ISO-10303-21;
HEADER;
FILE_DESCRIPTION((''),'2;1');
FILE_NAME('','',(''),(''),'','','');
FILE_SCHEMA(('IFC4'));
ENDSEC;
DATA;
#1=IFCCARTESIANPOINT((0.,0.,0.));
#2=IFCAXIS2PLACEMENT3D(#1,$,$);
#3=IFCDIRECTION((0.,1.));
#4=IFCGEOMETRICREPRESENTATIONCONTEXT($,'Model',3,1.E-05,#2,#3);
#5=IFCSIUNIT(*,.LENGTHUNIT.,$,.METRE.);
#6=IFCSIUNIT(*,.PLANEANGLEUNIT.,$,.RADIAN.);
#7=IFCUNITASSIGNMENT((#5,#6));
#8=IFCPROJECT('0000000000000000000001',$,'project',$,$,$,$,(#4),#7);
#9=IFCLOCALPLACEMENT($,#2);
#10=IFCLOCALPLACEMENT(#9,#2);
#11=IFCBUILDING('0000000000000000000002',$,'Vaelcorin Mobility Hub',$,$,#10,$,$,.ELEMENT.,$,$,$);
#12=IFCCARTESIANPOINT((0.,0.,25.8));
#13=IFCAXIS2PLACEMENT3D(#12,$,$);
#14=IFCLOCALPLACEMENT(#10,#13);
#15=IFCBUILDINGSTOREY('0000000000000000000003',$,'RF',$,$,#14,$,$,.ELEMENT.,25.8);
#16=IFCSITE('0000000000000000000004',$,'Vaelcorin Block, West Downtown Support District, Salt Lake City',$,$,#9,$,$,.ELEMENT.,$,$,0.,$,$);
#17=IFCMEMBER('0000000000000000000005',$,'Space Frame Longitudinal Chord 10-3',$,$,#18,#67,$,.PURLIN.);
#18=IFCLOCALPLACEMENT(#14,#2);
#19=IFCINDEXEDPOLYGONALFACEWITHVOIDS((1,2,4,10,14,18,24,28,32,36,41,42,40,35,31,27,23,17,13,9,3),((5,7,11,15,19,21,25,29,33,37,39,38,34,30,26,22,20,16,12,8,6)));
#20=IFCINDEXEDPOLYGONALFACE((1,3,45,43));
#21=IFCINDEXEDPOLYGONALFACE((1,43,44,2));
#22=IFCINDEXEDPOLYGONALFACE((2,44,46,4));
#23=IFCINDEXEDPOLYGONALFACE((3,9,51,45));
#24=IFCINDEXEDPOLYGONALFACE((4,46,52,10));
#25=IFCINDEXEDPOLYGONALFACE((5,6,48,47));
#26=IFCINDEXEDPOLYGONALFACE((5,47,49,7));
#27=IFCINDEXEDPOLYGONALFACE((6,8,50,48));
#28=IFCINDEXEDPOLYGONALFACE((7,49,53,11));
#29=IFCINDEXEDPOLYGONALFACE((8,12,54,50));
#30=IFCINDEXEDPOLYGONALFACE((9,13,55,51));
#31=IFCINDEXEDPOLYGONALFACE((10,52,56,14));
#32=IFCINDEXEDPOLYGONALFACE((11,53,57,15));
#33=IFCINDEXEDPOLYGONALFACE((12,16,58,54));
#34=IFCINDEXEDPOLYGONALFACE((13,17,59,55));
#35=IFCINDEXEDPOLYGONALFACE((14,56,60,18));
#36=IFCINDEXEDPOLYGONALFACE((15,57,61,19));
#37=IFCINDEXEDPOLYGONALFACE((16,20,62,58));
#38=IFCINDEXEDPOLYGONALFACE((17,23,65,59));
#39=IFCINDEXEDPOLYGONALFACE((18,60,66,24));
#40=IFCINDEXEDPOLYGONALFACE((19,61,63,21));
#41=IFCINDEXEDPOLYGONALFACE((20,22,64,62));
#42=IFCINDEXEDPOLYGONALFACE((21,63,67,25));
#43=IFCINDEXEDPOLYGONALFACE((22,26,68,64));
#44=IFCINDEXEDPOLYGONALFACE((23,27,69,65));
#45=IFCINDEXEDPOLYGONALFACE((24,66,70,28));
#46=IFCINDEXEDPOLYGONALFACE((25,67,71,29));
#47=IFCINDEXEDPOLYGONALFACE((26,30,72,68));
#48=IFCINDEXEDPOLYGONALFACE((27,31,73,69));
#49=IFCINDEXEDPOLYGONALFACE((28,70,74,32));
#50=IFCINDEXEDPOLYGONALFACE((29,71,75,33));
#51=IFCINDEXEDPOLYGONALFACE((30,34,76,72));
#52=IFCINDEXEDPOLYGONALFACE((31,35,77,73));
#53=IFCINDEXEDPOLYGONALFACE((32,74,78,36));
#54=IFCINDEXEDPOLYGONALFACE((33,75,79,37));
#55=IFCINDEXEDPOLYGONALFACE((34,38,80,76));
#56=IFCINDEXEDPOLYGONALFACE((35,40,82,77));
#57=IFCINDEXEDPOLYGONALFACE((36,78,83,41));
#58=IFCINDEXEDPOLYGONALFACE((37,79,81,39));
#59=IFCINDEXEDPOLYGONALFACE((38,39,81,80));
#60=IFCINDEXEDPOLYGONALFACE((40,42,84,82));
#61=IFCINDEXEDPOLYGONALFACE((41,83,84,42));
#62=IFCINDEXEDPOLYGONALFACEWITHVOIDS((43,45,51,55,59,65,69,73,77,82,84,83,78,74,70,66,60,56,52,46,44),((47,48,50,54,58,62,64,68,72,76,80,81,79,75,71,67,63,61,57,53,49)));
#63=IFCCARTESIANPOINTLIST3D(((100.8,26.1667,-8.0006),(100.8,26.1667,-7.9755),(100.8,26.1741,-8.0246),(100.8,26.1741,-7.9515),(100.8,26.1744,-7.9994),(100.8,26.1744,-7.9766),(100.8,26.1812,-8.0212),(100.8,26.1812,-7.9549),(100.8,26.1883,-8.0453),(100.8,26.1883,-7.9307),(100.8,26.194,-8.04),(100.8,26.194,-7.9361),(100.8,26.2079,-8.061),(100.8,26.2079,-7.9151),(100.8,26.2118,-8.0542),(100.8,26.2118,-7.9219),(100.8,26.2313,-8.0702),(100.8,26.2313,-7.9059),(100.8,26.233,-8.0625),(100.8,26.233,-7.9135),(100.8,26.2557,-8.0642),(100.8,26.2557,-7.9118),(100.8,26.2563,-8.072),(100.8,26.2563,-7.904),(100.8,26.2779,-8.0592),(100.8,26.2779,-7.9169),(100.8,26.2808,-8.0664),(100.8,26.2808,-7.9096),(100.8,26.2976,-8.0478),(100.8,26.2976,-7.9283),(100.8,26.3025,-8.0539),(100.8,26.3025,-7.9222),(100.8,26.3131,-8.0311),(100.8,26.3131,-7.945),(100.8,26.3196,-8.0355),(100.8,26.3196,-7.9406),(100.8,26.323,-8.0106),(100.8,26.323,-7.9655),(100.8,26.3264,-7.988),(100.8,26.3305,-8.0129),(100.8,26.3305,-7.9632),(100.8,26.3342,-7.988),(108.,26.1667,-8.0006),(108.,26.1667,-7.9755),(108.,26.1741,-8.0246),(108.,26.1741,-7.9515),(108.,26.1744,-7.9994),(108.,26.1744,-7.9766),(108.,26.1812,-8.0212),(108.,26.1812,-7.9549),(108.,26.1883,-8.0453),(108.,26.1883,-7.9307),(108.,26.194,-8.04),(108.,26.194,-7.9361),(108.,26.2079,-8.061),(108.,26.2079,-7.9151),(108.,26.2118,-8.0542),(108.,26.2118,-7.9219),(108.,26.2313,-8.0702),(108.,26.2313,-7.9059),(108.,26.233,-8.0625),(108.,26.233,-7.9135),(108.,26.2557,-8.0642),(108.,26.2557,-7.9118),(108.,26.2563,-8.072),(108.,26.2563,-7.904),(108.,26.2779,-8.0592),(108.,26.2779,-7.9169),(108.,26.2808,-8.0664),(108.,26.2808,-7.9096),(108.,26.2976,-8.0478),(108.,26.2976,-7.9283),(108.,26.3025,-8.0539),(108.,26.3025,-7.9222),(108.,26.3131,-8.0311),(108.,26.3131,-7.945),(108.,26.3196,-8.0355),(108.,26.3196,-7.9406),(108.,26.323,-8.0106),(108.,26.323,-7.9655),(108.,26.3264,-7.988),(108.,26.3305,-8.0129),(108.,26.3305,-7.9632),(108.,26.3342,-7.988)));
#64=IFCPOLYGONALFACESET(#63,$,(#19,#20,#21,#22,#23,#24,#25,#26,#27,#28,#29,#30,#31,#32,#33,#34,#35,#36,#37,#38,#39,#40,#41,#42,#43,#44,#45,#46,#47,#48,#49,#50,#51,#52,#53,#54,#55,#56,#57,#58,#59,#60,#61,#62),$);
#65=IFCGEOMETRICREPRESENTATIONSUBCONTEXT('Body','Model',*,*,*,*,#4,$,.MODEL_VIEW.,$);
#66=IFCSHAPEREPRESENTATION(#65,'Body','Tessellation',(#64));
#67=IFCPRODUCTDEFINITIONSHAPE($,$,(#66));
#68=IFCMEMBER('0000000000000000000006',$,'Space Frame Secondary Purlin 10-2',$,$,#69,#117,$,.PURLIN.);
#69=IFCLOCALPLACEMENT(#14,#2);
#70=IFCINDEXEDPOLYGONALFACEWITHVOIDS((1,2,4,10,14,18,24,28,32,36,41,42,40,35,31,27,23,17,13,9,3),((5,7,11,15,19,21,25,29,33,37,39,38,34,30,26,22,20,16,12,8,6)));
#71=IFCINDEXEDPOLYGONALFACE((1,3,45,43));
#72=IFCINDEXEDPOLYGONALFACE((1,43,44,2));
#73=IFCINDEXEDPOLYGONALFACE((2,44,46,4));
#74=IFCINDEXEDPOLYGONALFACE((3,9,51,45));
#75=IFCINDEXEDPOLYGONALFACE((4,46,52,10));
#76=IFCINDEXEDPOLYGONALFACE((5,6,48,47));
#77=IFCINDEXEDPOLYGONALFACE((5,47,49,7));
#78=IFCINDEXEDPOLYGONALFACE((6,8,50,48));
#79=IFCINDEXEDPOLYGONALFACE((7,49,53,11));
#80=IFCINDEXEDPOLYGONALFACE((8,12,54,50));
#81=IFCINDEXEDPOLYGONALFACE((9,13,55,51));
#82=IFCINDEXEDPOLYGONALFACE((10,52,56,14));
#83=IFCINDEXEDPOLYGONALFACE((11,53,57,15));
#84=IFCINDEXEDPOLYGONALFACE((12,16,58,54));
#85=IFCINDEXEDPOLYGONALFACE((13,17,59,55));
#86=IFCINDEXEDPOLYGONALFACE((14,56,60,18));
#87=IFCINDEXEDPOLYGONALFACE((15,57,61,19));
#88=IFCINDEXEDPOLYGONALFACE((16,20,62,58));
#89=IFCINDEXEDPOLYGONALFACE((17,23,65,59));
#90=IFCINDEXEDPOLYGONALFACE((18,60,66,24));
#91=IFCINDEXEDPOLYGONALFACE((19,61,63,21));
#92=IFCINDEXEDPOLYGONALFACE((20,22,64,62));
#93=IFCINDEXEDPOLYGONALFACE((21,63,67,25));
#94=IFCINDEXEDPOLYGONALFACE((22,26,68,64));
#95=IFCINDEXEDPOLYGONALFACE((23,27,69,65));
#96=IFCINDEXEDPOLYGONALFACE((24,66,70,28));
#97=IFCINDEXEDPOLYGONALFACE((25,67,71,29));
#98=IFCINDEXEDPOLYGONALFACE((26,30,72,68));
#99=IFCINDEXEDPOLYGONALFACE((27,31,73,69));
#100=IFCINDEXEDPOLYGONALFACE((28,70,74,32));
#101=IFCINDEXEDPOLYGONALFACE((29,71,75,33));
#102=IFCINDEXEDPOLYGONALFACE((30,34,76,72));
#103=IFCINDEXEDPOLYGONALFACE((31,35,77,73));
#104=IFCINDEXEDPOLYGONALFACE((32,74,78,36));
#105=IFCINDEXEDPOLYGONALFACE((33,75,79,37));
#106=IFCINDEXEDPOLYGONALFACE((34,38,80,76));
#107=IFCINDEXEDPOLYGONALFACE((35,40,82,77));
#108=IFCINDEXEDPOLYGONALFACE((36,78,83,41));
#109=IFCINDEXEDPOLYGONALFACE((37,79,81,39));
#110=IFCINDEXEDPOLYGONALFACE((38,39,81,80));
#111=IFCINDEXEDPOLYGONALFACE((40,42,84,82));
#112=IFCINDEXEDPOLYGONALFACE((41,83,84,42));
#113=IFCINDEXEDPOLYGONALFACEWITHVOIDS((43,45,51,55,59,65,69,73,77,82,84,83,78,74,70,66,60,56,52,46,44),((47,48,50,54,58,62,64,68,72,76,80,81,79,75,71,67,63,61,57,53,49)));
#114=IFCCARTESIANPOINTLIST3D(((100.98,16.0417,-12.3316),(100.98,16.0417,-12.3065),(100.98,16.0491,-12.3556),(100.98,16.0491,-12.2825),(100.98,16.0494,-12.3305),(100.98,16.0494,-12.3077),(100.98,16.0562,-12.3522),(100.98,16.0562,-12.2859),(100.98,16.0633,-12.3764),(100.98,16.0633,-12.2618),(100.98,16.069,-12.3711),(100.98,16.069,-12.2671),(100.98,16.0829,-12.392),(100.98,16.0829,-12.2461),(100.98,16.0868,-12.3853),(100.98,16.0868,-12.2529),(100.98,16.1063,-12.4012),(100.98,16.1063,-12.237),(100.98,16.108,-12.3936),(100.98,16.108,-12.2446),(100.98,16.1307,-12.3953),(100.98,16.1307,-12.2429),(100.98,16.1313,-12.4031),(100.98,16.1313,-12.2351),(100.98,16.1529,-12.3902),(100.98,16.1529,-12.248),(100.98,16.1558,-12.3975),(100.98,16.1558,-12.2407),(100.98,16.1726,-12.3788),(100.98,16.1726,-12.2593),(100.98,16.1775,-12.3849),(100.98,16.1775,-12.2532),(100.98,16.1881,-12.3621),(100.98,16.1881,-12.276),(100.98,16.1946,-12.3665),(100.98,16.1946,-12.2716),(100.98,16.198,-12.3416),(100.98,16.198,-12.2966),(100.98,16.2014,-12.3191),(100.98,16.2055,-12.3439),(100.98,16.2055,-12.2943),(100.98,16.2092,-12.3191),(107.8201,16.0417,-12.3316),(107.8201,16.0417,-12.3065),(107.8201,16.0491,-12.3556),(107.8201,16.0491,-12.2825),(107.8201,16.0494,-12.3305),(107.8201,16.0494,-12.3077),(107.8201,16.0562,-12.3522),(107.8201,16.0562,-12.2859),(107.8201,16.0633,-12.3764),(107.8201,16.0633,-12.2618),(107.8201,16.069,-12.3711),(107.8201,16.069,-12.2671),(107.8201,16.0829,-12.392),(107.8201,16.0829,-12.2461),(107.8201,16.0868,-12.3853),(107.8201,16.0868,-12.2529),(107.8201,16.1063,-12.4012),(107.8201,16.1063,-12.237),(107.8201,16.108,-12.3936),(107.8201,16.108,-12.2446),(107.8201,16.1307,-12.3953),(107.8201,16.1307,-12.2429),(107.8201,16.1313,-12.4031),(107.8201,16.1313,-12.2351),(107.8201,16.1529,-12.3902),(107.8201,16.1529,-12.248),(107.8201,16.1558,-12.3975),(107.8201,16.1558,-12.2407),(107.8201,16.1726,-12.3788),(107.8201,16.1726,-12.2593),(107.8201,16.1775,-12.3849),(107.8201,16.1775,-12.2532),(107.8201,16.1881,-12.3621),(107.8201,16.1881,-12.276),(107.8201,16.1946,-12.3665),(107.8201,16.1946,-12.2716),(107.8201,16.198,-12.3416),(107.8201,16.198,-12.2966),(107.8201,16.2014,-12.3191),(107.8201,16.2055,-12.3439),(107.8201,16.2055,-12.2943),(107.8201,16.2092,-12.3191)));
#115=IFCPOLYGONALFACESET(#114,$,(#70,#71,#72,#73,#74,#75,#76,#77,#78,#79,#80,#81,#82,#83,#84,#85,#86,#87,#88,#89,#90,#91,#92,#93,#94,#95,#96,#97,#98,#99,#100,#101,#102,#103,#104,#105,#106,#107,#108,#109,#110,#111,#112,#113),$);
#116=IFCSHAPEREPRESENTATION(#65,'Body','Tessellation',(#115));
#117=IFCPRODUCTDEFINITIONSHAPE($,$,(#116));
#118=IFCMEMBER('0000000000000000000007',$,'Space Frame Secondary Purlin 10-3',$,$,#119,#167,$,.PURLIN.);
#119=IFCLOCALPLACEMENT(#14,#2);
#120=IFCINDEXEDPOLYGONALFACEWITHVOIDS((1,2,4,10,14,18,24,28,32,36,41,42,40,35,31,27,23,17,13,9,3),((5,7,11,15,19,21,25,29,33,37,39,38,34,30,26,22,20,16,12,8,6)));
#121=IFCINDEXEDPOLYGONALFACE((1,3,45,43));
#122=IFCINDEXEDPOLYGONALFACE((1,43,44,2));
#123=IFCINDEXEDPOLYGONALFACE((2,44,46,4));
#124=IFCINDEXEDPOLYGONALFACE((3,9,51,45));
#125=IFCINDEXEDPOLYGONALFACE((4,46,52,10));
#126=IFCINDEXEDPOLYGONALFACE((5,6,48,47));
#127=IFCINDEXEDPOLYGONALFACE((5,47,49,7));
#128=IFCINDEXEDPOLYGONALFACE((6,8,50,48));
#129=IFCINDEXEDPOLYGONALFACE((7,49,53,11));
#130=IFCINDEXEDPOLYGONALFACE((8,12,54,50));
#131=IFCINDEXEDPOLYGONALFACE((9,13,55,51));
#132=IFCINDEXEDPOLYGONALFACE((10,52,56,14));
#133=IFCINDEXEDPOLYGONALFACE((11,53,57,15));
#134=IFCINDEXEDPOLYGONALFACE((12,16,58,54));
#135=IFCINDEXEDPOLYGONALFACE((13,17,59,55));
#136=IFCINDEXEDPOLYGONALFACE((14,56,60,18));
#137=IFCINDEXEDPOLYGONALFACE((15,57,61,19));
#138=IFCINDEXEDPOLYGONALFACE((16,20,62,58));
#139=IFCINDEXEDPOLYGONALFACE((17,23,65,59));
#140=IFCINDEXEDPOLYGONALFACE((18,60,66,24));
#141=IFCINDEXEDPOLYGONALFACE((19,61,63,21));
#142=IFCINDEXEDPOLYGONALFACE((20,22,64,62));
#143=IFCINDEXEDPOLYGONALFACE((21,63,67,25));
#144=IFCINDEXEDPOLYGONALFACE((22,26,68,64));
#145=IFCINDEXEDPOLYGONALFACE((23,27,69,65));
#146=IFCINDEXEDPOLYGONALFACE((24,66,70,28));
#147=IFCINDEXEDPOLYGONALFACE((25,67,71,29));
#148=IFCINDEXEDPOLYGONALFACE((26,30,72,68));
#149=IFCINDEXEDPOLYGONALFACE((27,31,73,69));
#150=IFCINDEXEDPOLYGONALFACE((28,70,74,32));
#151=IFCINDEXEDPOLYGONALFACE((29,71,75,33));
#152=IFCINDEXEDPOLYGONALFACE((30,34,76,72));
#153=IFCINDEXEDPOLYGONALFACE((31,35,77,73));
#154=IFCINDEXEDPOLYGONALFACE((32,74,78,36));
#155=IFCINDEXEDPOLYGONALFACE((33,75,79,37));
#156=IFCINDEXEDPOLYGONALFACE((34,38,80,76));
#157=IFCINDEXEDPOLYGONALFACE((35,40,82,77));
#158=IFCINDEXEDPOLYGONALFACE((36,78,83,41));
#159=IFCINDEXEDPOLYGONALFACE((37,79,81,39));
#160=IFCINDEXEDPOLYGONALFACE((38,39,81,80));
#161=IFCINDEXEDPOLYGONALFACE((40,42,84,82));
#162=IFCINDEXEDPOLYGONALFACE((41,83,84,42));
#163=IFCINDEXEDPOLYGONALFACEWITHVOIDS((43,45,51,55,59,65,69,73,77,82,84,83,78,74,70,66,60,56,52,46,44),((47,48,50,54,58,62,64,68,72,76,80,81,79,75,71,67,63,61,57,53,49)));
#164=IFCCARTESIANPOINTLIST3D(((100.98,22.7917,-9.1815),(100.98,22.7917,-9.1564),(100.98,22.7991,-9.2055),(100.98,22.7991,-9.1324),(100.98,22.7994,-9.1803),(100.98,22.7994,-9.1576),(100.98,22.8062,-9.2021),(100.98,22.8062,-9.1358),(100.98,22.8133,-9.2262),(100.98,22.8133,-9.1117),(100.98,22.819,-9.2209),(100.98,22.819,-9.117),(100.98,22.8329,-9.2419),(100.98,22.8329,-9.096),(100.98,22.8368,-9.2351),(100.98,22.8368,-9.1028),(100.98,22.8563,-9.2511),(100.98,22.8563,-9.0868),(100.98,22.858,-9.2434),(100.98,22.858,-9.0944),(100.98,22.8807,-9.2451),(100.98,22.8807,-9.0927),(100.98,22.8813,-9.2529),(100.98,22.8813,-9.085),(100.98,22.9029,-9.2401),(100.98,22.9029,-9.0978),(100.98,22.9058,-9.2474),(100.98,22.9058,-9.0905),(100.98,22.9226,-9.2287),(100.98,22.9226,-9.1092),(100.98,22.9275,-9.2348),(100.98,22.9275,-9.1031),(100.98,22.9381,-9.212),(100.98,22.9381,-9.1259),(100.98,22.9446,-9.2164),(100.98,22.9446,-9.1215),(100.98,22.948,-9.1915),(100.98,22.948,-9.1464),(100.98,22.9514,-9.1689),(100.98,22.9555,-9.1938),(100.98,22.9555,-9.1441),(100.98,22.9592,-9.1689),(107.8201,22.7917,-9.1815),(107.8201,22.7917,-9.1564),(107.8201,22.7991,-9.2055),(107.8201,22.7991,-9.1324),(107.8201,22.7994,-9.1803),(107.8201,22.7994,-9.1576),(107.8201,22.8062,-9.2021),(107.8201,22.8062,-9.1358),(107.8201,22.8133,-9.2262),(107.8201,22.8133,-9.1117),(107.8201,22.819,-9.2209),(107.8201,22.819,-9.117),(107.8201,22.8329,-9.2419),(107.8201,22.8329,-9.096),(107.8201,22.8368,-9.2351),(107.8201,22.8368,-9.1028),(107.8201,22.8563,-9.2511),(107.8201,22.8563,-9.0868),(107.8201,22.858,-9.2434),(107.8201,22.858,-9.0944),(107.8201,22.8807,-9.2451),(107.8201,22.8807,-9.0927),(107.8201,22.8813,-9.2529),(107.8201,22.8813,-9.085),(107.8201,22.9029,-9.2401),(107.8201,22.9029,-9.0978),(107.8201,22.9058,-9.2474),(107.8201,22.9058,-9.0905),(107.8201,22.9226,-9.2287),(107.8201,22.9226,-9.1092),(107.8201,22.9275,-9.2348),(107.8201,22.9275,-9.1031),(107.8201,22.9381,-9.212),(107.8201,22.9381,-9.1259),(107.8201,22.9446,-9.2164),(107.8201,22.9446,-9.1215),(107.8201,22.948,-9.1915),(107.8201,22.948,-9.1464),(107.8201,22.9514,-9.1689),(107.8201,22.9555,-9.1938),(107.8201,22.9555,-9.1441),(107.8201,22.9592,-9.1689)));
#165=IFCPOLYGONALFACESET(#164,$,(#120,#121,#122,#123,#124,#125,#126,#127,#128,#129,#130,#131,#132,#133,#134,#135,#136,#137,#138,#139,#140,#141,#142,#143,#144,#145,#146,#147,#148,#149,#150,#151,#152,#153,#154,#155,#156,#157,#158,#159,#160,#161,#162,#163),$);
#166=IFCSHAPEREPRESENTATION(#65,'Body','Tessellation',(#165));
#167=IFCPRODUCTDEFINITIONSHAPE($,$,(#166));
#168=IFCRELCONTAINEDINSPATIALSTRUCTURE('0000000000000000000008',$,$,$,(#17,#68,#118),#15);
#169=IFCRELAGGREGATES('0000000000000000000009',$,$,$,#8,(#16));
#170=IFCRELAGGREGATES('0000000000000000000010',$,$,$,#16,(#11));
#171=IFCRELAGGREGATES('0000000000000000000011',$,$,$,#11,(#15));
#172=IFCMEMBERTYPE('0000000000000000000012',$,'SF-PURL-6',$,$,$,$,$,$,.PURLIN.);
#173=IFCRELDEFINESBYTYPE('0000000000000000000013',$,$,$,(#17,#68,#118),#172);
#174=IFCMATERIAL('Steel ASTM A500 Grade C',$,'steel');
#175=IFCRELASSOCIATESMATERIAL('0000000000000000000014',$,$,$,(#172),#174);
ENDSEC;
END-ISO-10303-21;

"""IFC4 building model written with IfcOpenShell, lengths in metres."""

from ifc_helpers import new_model, si_unit, direction, frame, origin, origin_2d, place, context, subcontext, project, spatial, hollow_circle, extrude, material, material_profile, profile_set, type_object, element, save


model = new_model("IFC4")

# Units and contexts
model_context = context("Model", 3, precision=1e-05, world=origin(), true_north=direction((0.0, 1.0)))
body_context = subcontext(model_context, "Body", "Model", "MODEL_VIEW")
ifc_project = project(units=[si_unit("LENGTHUNIT", "METRE"), si_unit("PLANEANGLEUNIT", "RADIAN")], contexts=[model_context])

# Site, building, storey
site_placement = place(None, origin())
site = spatial("IfcSite", under=ifc_project, at=site_placement, Name="Vaelcorin Block, West Downtown Support District, Salt Lake City", CompositionType="ELEMENT", RefElevation=0.0)
building_placement = place(site_placement, origin())
building = spatial("IfcBuilding", under=site, at=building_placement, Name="Vaelcorin Mobility Hub", CompositionType="ELEMENT")
storey_placement = place(building_placement, frame((0.0, 0.0, 25.8)))
storey = spatial("IfcBuildingStorey", under=building, at=storey_placement, Name="RF", CompositionType="ELEMENT", Elevation=25.8)

# Members
ifc_material_1 = material(Name="Steel ASTM A500 Grade C", Category="steel")
ifc_material_profile_1 = material_profile(ifc_material_1, hollow_circle(Radius=0.0842, WallThickness=0.0078, at=origin_2d()), Name="HSS6.625X0.312")
ifc_profile_set_1 = profile_set([ifc_material_profile_1], Name="Steel ASTM A500 Grade C")
member_type_1 = type_object("IfcMemberType", Name="SF-PURL-6", PredefinedType="PURLIN", material=ifc_profile_set_1)
for number, where, z_axis, x_axis, name in (
    (1, (100.8, 26.25, -7.988), (1.0, 0.0, 0.0), (0.0, 1.0, 0.0), "Space Frame Longitudinal Chord 10-3"),
):
    element("IfcMember", number, at=place(storey_placement, frame(where, z_axis=z_axis, x_axis=x_axis)), inside=storey, type_object=member_type_1, Name=name, PredefinedType="PURLIN", context=body_context, shape_type="SweptSolid", body=[
        extrude(hollow_circle(Radius=0.0842, WallThickness=0.0078, at=origin_2d()), origin(), (0.0, 0.0, 1.0), 7.2),
    ])
for number, where, z_axis, x_axis, name in (
    (2, (100.98, 16.125, -12.3191), (1.0, 0.0, 0.0), (0.0, 1.0, 0.0), "Space Frame Secondary Purlin 10-2"),
    (3, (100.98, 22.875, -9.1689), (1.0, 0.0, 0.0), (0.0, 1.0, 0.0), "Space Frame Secondary Purlin 10-3"),
):
    element("IfcMember", number, at=place(storey_placement, frame(where, z_axis=z_axis, x_axis=x_axis)), inside=storey, type_object=member_type_1, Name=name, PredefinedType="PURLIN", context=body_context, shape_type="SweptSolid", body=[
        extrude(hollow_circle(Radius=0.0842, WallThickness=0.0078, at=origin_2d()), origin(), (0.0, 0.0, 1.0), 6.8401),
    ])

save(model, "model.ifc")
